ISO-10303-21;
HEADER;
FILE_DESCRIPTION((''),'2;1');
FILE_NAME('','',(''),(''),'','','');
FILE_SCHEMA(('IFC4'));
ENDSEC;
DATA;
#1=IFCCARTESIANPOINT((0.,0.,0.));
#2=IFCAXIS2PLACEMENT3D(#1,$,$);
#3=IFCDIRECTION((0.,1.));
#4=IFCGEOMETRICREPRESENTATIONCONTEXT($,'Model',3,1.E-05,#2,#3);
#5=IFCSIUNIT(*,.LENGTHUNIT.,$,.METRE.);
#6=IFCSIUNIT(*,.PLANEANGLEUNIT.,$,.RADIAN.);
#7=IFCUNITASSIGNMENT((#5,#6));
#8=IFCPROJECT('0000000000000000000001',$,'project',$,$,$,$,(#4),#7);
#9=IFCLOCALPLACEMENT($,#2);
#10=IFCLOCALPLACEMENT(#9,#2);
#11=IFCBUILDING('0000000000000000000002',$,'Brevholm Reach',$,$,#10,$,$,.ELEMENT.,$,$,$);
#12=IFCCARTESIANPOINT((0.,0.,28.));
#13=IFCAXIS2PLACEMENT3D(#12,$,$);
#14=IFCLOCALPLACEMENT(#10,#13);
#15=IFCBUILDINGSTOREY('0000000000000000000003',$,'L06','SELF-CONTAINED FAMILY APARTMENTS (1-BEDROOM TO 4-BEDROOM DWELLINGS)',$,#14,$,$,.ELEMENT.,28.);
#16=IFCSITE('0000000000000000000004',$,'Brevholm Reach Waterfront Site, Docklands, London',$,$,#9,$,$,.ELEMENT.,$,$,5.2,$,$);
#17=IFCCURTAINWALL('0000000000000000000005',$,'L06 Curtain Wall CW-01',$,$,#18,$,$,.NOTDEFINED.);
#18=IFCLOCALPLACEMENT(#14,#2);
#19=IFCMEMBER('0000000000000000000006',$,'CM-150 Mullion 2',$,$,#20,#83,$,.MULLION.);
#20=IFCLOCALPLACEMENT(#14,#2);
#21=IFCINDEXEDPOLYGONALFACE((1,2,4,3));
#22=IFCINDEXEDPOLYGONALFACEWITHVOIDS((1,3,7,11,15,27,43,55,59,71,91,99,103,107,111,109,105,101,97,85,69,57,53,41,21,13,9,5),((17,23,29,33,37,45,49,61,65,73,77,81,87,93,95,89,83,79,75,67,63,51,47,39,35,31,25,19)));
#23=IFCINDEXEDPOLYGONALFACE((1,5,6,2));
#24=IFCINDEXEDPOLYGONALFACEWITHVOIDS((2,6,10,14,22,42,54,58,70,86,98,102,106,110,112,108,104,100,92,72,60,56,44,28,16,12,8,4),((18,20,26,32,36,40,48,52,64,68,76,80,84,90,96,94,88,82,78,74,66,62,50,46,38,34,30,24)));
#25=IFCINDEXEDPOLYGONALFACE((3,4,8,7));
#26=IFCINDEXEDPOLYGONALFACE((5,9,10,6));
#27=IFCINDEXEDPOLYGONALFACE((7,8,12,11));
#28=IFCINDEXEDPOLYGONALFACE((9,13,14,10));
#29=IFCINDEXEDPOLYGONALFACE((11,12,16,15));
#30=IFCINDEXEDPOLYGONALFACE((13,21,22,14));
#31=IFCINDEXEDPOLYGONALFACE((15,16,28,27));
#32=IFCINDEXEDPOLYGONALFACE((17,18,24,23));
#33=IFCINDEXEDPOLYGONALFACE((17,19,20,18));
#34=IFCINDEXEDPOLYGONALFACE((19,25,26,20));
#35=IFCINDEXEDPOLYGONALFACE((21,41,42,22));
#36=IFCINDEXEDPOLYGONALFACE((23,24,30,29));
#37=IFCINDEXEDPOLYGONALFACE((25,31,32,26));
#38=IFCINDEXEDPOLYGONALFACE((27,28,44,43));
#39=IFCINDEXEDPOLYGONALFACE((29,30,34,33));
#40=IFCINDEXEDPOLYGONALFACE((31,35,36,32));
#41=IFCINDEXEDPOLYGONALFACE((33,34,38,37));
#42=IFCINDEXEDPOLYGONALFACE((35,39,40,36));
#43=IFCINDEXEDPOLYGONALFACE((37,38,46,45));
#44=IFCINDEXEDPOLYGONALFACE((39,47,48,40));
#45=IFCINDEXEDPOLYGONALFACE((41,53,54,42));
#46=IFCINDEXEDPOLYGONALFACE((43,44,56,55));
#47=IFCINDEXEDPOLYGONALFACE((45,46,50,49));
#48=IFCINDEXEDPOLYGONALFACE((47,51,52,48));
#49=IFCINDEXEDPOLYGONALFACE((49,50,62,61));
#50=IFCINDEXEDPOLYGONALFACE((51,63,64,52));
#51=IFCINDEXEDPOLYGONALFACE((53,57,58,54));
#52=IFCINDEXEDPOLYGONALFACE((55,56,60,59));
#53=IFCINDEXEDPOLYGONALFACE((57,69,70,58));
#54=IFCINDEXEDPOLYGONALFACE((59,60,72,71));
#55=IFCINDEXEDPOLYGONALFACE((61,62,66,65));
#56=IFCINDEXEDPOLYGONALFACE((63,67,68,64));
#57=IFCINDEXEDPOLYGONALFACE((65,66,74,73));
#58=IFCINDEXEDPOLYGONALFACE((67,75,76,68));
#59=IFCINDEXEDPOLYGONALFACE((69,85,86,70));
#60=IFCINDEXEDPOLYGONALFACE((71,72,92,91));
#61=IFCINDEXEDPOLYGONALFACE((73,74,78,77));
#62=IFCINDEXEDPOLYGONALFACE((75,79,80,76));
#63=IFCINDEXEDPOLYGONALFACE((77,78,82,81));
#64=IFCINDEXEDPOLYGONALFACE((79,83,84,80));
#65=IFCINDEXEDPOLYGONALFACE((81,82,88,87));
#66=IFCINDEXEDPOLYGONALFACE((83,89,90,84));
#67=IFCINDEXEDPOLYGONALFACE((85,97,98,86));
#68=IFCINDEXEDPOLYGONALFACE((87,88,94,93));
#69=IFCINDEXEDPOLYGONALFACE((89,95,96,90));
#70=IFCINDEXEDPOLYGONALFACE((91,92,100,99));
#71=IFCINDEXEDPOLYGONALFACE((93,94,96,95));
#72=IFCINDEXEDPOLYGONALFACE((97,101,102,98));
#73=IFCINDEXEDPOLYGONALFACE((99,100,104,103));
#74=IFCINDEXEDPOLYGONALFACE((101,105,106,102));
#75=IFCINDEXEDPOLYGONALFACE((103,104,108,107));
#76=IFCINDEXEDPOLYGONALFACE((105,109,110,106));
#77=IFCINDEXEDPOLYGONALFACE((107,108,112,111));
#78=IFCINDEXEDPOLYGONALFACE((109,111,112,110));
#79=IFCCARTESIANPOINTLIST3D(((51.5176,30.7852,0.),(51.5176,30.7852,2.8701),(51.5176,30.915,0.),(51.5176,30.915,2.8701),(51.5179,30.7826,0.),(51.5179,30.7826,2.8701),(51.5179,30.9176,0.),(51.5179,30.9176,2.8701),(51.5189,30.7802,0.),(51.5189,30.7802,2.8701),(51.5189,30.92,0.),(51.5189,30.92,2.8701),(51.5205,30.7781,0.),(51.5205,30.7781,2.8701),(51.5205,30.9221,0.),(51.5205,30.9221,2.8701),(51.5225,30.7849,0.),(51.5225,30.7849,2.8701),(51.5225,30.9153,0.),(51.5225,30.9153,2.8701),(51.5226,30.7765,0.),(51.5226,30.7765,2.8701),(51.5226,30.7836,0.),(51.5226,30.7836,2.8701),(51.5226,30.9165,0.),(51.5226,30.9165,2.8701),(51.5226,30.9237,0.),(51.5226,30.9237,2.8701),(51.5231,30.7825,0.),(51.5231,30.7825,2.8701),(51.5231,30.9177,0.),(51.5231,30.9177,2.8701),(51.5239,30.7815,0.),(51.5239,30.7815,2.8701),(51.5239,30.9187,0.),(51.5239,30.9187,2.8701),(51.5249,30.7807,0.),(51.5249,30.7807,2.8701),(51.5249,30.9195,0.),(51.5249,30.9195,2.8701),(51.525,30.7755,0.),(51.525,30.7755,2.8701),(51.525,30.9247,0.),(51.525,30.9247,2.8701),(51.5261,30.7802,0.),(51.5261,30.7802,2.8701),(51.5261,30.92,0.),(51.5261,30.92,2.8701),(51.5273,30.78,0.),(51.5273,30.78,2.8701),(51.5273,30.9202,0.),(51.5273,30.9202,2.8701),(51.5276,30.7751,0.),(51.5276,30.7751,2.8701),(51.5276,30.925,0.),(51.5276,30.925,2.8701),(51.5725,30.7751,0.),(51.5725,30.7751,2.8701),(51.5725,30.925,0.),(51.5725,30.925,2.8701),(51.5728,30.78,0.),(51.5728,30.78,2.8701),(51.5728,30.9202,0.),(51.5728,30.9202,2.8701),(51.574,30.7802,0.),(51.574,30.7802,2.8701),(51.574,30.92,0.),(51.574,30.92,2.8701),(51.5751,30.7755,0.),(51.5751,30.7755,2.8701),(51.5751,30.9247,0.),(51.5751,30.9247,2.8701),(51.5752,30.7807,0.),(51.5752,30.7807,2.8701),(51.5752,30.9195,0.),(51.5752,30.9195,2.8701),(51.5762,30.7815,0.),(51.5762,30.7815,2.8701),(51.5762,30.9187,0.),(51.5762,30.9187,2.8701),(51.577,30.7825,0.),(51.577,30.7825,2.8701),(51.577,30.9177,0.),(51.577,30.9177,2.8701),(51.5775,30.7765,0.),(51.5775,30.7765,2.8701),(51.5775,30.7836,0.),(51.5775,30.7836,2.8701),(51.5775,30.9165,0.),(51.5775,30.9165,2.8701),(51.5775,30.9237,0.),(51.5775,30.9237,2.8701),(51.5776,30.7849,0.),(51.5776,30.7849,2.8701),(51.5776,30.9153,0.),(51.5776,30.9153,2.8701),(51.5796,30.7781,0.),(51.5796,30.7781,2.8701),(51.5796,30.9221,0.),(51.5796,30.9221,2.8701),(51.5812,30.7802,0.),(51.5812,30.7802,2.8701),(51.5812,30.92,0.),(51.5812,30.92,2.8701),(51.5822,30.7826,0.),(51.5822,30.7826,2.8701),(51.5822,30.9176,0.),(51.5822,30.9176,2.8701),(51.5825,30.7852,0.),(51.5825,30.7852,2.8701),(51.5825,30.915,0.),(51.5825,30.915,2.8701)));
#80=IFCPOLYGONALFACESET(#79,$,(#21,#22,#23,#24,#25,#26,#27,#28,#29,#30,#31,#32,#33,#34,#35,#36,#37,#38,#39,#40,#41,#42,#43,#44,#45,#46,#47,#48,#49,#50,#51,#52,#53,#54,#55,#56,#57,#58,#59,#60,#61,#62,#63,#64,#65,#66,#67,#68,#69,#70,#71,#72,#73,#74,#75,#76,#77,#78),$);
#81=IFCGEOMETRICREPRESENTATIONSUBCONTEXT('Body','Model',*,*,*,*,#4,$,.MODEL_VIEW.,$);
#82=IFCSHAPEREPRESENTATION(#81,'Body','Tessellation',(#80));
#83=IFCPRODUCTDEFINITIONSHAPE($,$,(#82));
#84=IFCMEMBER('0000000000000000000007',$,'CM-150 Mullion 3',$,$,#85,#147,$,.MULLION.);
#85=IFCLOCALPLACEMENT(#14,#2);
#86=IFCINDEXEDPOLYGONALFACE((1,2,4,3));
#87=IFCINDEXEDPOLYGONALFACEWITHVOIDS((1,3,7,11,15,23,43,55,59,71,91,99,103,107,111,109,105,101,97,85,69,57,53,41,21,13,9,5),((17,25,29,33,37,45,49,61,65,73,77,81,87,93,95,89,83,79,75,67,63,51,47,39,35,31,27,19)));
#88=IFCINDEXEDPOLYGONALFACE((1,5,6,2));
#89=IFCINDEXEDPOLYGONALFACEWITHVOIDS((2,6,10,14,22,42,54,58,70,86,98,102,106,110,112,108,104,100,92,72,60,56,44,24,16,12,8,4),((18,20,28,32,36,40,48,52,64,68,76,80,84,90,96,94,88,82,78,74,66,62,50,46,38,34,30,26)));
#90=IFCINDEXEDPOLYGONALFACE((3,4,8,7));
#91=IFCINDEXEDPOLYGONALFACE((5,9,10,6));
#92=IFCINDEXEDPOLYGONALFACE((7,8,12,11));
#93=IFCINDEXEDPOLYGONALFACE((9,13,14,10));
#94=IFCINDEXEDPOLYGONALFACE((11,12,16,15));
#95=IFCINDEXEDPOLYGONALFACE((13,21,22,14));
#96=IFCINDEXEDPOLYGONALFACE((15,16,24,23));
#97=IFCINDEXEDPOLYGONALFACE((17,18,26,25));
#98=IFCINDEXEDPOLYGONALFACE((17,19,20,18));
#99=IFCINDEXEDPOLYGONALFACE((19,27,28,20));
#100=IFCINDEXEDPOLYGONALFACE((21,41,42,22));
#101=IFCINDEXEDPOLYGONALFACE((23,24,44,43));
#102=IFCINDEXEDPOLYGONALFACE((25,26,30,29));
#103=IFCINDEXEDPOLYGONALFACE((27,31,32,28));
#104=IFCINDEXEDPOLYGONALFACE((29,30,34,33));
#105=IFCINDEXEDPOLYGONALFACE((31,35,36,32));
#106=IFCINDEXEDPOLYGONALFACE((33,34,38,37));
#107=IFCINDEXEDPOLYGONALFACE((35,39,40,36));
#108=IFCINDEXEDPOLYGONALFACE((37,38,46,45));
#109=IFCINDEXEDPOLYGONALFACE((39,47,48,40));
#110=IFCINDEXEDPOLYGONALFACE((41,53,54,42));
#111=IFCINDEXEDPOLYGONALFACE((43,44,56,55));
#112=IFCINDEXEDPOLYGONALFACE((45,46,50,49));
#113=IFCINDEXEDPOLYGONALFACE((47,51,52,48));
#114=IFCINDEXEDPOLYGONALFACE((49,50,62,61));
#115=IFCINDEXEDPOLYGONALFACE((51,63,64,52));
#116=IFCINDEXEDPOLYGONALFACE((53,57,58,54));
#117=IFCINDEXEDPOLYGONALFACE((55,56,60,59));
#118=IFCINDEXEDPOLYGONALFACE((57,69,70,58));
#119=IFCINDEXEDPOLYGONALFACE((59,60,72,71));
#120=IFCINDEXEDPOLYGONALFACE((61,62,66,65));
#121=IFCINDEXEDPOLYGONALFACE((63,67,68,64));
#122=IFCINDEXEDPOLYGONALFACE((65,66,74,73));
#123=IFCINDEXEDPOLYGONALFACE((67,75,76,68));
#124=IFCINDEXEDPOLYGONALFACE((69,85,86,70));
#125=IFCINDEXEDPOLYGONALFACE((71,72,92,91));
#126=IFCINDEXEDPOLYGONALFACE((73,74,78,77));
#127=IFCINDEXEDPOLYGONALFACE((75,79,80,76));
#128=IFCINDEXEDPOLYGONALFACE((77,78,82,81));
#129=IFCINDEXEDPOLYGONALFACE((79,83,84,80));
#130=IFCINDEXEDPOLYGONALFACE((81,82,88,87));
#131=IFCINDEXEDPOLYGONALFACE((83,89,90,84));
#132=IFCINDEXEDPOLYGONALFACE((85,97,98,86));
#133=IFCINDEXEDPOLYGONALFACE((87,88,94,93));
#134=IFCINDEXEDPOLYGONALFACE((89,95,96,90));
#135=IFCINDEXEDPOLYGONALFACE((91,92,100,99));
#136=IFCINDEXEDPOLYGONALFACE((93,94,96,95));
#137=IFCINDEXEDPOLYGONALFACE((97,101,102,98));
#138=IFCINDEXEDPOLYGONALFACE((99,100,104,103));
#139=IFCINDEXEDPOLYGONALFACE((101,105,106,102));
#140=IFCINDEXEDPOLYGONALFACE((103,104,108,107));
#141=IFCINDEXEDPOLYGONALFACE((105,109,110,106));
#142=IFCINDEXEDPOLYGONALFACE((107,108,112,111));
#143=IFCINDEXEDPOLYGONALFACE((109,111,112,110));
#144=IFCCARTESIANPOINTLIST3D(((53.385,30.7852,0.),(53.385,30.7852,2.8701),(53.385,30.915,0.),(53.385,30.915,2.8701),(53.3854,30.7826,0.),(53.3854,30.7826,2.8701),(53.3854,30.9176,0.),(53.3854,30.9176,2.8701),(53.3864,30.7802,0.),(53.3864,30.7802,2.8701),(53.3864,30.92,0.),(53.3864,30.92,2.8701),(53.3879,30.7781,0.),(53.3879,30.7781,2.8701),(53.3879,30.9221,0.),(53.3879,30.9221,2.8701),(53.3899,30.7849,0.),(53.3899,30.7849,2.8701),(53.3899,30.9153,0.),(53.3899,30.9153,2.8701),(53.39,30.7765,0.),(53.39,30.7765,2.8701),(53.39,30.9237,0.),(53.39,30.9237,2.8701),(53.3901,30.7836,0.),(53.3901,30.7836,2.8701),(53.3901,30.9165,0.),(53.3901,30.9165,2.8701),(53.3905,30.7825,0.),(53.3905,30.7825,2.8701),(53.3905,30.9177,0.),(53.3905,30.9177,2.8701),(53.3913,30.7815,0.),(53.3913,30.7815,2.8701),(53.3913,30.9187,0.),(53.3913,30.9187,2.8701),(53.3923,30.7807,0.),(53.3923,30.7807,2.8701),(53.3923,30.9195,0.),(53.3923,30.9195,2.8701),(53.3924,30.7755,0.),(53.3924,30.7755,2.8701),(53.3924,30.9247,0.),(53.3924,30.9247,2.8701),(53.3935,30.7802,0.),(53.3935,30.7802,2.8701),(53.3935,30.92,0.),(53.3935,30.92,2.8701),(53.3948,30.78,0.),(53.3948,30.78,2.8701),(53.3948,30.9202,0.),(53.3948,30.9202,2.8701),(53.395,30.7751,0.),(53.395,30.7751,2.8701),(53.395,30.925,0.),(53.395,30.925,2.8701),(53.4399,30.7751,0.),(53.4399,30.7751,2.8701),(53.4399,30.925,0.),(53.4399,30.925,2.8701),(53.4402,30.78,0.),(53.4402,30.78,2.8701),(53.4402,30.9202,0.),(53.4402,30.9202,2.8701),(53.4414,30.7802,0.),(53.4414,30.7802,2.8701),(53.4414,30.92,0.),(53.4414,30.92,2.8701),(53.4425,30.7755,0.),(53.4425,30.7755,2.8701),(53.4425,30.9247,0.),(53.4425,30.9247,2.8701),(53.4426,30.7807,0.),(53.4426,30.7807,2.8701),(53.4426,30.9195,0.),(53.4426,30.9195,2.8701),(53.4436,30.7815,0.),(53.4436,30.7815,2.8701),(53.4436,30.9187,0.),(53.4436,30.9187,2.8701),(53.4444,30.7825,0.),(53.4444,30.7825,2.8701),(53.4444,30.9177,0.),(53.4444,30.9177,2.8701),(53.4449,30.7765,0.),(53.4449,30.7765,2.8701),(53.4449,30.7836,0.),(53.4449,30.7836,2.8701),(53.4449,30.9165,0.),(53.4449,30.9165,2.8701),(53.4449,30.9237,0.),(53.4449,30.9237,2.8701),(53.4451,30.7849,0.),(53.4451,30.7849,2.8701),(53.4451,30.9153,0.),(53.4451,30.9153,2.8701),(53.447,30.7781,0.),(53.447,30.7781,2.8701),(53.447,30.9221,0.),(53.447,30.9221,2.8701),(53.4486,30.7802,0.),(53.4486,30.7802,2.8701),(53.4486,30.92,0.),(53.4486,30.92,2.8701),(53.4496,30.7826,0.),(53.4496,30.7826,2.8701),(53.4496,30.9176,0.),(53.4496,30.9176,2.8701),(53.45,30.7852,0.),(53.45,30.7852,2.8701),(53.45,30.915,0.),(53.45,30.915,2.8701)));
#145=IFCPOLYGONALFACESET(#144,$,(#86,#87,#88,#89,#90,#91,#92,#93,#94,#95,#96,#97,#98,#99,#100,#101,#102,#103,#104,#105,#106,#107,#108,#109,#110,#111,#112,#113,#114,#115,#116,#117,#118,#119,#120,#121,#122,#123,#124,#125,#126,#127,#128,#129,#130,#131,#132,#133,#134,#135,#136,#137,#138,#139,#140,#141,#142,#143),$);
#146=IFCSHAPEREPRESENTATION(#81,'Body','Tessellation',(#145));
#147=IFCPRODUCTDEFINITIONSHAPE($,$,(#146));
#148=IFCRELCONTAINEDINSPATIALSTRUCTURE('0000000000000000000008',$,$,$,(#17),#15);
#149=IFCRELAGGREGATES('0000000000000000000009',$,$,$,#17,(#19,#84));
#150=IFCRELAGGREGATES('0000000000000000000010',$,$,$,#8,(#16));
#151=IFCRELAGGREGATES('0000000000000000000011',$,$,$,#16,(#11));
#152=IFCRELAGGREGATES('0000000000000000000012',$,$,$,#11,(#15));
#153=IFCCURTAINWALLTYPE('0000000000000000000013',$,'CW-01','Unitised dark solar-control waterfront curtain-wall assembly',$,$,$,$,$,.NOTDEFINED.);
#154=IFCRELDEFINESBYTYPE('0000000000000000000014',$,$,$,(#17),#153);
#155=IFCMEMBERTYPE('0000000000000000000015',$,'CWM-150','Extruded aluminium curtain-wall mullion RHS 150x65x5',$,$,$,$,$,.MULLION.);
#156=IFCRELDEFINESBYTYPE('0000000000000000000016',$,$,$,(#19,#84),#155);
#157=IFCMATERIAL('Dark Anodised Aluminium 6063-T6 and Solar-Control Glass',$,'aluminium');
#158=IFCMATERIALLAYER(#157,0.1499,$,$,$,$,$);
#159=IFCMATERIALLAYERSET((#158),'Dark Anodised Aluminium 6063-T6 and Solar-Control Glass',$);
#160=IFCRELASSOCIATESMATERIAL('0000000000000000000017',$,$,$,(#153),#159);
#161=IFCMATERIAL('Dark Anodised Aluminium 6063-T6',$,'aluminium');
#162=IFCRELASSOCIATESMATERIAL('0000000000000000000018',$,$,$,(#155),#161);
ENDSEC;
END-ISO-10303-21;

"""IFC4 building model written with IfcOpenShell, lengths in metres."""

from ifc_helpers import new_model, si_unit, direction, frame, origin, origin_2d, place, context, subcontext, project, spatial, hollow_rectangle, extrude, material, layer, layer_set, material_profile, profile_set, type_object, element, aggregate, save


model = new_model("IFC4")

# Units and contexts
model_context = context("Model", 3, precision=1e-05, world=origin(), true_north=direction((0.0, 1.0)))
body_context = subcontext(model_context, "Body", "Model", "MODEL_VIEW")
ifc_project = project(units=[si_unit("LENGTHUNIT", "METRE"), si_unit("PLANEANGLEUNIT", "RADIAN")], contexts=[model_context])

# Site, building, storey
site_placement = place(None, origin())
site = spatial("IfcSite", under=ifc_project, at=site_placement, Name="Brevholm Reach Waterfront Site, Docklands, London", CompositionType="ELEMENT", RefElevation=5.2)
building_placement = place(site_placement, origin())
building = spatial("IfcBuilding", under=site, at=building_placement, Name="Brevholm Reach", CompositionType="ELEMENT")
storey_placement = place(building_placement, frame((0.0, 0.0, 28.0)))
storey = spatial("IfcBuildingStorey", under=building, at=storey_placement, Name="L06", Description="SELF-CONTAINED FAMILY APARTMENTS (1-BEDROOM TO 4-BEDROOM DWELLINGS)", CompositionType="ELEMENT", Elevation=28.0)

# Curtain wall, members
ifc_material_1 = material(Name="Dark Anodised Aluminium 6063-T6 and Solar-Control Glass", Category="aluminium")
ifc_layer_1 = layer(ifc_material_1, 0.1499)
ifc_layer_set_1 = layer_set([ifc_layer_1], Name="Dark Anodised Aluminium 6063-T6 and Solar-Control Glass")
curtain_wall_type = type_object("IfcCurtainWallType", Name="CW-01", Description="Unitised dark solar-control waterfront curtain-wall assembly", PredefinedType="NOTDEFINED", material=ifc_layer_set_1)
ifc_material_2 = material(Name="Dark Anodised Aluminium 6063-T6", Category="aluminium")
ifc_material_profile_1 = material_profile(ifc_material_2, hollow_rectangle(XDim=0.0649, YDim=0.1499, WallThickness=0.0049, InnerFilletRadius=0.0049, OuterFilletRadius=0.01, at=origin_2d()), Name="RHS 150x65x5")
ifc_profile_set_1 = profile_set([ifc_material_profile_1], Name="Dark Anodised Aluminium 6063-T6")
member_type_1 = type_object("IfcMemberType", Name="CWM-150", Description="Extruded aluminium curtain-wall mullion RHS 150x65x5", PredefinedType="MULLION", material=ifc_profile_set_1)
curtain_wall_1_placement = place(storey_placement, origin())
curtain_wall_1 = element("IfcCurtainWall", 1, at=curtain_wall_1_placement, inside=storey, type_object=curtain_wall_type, Name="L06 Curtain Wall CW-01", PredefinedType="NOTDEFINED")
member_1_placement = place(storey_placement, frame((51.55, 30.8501, 0.0), z_axis=(0.0, 0.0, 1.0), x_axis=(1.0, 0.0, 0.0)))
member_1 = element("IfcMember", 2, at=member_1_placement, type_object=member_type_1, Name="CM-150 Mullion 2", PredefinedType="MULLION", context=body_context, shape_type="SweptSolid", body=[
    extrude(hollow_rectangle(XDim=0.0649, YDim=0.1499, WallThickness=0.0049, InnerFilletRadius=0.0049, OuterFilletRadius=0.01, at=origin_2d()), origin(), (0.0, 0.0, 1.0), 2.8701),
])
member_2_placement = place(storey_placement, frame((53.4175, 30.8501, 0.0), z_axis=(0.0, 0.0, 1.0), x_axis=(1.0, 0.0, 0.0)))
member_2 = element("IfcMember", 3, at=member_2_placement, type_object=member_type_1, Name="CM-150 Mullion 3", PredefinedType="MULLION", context=body_context, shape_type="SweptSolid", body=[
    extrude(hollow_rectangle(XDim=0.0649, YDim=0.1499, WallThickness=0.0049, InnerFilletRadius=0.0049, OuterFilletRadius=0.01, at=origin_2d()), origin(), (0.0, 0.0, 1.0), 2.8701),
])

aggregate(curtain_wall_1, [member_1, member_2])

save(model, "model.ifc")
